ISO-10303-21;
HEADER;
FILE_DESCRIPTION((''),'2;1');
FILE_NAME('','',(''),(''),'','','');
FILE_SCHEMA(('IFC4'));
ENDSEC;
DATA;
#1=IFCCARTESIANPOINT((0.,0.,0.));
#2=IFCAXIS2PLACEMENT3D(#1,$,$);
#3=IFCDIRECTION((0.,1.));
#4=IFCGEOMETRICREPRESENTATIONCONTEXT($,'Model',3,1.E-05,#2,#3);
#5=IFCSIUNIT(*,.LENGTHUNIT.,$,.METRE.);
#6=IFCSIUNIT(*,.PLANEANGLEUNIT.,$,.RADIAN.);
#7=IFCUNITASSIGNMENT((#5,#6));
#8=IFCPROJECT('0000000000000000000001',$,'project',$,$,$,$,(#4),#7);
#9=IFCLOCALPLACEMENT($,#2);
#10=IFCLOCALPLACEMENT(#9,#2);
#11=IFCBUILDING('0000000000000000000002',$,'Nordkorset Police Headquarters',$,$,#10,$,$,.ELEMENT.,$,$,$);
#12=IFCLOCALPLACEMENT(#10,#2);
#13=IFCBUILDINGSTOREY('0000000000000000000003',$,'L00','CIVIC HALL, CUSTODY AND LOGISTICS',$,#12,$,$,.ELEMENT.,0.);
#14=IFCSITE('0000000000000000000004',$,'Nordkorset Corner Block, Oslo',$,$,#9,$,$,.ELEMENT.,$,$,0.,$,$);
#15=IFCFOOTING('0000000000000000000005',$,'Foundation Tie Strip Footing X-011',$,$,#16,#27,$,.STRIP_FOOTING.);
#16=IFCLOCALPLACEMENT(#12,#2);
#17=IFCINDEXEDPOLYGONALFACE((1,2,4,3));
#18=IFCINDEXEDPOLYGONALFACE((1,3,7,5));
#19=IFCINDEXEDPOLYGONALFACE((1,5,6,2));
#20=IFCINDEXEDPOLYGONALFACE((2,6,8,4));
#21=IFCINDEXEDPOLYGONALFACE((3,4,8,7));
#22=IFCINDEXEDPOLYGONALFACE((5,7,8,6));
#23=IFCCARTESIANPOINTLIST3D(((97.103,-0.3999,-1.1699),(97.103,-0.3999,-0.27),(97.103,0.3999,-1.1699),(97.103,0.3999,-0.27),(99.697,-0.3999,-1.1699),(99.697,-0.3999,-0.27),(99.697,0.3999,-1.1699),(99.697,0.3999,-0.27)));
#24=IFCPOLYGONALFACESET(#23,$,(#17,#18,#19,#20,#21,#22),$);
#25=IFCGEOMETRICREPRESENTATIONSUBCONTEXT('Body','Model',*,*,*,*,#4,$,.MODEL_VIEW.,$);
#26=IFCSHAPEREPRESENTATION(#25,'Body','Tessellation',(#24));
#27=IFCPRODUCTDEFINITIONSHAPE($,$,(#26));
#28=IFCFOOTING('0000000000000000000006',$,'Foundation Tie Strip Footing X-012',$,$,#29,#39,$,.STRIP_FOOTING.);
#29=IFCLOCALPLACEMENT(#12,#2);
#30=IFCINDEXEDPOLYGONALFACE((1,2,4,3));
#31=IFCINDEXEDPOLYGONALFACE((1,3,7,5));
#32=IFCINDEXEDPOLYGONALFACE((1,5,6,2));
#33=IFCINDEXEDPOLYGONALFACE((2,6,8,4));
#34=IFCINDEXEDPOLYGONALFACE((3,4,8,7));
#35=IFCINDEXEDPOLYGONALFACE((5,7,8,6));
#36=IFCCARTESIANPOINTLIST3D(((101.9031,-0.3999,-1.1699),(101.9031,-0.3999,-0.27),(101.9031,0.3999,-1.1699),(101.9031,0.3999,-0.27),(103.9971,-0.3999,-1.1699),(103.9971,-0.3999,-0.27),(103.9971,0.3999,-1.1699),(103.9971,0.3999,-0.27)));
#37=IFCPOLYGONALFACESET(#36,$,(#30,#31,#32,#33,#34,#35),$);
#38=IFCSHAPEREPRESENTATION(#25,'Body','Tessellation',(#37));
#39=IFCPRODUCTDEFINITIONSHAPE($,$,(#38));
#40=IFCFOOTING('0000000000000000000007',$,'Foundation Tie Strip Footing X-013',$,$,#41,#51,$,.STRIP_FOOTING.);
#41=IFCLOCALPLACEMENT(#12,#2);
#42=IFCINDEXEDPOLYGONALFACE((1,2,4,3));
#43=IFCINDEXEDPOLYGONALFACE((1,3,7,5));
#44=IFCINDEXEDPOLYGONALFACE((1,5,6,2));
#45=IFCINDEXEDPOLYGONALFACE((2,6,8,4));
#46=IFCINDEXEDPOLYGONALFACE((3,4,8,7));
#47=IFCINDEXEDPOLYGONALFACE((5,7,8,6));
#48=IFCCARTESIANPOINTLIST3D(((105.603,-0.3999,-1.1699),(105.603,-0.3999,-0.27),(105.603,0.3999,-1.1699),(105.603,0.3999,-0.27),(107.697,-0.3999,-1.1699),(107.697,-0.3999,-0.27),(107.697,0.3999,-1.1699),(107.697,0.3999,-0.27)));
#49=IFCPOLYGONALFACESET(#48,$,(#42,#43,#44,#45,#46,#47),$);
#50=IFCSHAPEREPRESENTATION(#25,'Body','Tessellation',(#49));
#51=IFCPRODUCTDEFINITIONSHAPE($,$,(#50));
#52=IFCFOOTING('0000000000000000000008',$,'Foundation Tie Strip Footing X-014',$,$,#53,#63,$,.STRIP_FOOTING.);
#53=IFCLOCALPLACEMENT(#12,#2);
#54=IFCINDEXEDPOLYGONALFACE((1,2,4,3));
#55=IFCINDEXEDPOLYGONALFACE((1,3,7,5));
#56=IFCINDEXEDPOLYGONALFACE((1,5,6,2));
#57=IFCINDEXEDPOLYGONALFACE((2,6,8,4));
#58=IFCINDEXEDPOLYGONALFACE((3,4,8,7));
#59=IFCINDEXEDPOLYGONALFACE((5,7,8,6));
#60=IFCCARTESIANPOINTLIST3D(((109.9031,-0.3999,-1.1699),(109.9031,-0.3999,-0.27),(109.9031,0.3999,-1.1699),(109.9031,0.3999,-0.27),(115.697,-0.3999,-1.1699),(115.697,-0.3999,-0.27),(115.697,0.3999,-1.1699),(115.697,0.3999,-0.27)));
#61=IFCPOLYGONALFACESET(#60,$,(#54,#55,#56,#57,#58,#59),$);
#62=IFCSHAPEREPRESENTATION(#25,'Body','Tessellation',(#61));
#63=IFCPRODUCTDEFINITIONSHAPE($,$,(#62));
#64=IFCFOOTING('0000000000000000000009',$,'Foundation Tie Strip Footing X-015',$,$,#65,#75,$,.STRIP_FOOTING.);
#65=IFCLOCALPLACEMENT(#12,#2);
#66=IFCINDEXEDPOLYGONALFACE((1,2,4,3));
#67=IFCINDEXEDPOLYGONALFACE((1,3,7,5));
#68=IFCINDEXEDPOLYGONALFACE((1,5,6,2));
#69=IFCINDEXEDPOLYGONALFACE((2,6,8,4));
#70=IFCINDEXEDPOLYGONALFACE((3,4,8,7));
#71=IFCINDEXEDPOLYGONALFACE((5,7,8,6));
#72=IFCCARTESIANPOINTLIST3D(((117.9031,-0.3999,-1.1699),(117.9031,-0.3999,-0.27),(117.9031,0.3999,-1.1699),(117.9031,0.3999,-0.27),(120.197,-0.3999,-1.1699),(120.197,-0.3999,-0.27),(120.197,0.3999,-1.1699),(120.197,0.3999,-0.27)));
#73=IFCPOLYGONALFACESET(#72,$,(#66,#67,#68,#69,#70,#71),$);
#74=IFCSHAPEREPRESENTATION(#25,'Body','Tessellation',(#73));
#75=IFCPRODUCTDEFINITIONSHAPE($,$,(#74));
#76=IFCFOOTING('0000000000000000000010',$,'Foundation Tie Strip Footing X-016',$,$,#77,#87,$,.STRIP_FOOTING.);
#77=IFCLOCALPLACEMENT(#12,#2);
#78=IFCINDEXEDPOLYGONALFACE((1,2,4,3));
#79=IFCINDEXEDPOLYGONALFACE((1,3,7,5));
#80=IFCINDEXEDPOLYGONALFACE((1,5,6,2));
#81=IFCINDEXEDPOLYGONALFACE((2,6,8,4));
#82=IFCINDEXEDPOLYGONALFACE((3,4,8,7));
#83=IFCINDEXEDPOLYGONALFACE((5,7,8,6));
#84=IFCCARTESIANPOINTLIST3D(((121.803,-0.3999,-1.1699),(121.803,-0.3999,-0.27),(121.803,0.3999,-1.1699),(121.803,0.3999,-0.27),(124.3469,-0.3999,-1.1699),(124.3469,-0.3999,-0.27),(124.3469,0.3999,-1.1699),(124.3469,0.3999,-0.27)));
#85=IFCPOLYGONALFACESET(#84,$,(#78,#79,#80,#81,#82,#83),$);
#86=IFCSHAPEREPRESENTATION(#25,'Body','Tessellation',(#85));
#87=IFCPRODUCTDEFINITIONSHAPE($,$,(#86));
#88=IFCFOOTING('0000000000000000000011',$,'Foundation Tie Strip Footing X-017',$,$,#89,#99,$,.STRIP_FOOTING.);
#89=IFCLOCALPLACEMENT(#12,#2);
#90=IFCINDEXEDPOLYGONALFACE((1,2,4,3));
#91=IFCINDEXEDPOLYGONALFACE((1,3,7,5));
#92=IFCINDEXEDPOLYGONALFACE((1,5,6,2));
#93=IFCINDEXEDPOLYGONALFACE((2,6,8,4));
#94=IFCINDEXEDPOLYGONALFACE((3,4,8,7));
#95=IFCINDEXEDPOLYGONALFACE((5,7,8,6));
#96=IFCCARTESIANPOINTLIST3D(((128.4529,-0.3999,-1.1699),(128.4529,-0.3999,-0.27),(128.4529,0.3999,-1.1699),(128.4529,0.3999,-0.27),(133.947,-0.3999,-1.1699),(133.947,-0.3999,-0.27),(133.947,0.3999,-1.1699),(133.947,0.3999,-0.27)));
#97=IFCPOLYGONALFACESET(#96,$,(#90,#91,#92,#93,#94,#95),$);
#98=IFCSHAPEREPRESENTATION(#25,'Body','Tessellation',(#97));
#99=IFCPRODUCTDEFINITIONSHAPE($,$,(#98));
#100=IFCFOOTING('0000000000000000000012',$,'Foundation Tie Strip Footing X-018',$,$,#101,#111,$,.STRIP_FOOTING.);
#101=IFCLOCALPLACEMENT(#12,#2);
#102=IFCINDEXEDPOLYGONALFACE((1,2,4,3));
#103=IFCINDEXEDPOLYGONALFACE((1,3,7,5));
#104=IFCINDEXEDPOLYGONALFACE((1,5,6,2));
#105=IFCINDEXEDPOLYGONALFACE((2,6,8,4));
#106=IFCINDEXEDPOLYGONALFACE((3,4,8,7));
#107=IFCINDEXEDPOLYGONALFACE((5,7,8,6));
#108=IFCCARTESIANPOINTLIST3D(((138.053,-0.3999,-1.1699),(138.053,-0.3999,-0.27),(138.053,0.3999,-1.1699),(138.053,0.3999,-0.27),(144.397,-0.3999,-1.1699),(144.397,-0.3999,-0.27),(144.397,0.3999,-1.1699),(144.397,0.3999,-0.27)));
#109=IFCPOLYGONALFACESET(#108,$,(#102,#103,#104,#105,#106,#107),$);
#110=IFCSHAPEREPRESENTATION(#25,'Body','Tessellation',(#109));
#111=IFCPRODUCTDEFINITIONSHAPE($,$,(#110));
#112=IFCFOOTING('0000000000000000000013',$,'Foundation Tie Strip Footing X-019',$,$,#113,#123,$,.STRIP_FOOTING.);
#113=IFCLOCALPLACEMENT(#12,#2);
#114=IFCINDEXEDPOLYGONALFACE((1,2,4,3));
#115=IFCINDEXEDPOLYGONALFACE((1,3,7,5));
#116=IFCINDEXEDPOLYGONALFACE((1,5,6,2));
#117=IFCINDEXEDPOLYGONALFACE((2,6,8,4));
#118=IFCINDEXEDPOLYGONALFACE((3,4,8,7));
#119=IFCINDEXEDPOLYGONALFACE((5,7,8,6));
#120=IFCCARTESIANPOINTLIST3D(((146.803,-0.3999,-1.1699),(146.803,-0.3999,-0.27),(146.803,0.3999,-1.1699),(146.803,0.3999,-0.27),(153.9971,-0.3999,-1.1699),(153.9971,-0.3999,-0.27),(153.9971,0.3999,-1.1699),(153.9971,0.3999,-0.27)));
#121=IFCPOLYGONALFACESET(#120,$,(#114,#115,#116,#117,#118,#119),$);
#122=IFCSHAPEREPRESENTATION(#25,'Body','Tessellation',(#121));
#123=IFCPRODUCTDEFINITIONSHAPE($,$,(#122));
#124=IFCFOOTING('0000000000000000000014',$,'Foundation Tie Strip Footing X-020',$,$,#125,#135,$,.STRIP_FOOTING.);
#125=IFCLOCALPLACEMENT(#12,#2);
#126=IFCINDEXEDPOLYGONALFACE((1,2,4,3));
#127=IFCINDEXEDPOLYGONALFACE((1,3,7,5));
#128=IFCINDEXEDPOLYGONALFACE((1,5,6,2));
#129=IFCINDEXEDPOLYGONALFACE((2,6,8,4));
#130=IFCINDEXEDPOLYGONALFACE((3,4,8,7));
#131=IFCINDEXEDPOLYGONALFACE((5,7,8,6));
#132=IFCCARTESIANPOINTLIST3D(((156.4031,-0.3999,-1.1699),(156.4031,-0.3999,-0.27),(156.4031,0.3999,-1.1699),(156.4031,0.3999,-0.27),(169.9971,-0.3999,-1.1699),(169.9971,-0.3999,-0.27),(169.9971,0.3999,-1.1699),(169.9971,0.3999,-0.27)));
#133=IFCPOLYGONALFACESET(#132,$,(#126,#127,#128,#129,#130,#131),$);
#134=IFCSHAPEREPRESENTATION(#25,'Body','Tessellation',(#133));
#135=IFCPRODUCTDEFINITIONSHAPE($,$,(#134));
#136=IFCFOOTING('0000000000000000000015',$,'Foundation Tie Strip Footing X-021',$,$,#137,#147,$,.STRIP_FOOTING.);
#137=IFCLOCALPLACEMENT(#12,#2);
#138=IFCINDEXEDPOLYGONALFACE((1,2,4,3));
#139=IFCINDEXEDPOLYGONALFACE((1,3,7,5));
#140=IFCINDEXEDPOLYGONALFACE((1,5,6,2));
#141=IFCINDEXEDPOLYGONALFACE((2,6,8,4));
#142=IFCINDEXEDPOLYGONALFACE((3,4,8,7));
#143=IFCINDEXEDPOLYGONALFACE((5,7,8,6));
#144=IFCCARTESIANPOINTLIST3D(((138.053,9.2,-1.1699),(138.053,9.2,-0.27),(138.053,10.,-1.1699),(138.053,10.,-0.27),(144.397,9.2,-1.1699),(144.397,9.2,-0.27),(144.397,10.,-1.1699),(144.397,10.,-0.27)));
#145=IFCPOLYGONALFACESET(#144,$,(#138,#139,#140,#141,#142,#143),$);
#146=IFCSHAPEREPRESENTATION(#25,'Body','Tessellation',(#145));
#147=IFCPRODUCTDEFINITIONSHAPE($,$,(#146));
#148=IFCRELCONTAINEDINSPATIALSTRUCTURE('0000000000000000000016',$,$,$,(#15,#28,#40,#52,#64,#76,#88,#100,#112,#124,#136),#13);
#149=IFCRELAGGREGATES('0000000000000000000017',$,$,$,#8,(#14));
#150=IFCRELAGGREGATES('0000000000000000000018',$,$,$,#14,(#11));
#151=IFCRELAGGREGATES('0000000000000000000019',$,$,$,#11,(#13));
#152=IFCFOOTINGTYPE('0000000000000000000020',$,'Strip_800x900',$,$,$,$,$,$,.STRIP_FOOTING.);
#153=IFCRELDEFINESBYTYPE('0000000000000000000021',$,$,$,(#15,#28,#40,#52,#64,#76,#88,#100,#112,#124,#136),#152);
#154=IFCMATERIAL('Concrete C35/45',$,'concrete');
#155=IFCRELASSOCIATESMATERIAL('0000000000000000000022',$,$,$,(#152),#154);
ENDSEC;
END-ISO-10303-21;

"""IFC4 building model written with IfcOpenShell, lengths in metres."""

from ifc_helpers import new_model, si_unit, direction, frame, origin, place, context, subcontext, project, spatial, polyline, outline, extrude, material, type_object, element, save


model = new_model("IFC4")

# Units and contexts
model_context = context("Model", 3, precision=1e-05, world=origin(), true_north=direction((0.0, 1.0)))
body_context = subcontext(model_context, "Body", "Model", "MODEL_VIEW")
ifc_project = project(units=[si_unit("LENGTHUNIT", "METRE"), si_unit("PLANEANGLEUNIT", "RADIAN")], contexts=[model_context])

# Site, building, storey
site_placement = place(None, origin())
site = spatial("IfcSite", under=ifc_project, at=site_placement, Name="Nordkorset Corner Block, Oslo", CompositionType="ELEMENT", RefElevation=0.0)
building_placement = place(site_placement, origin())
building = spatial("IfcBuilding", under=site, at=building_placement, Name="Nordkorset Police Headquarters", CompositionType="ELEMENT")
storey_placement = place(building_placement, origin())
storey = spatial("IfcBuildingStorey", under=building, at=storey_placement, Name="L00", Description="CIVIC HALL, CUSTODY AND LOGISTICS", CompositionType="ELEMENT", Elevation=0.0)

# Footings
ifc_material_1 = material(Name="Concrete C35/45", Category="concrete")
footing_type_1 = type_object("IfcFootingType", Name="Strip_800x900", PredefinedType="STRIP_FOOTING", material=ifc_material_1)
footing_1_placement = place(storey_placement, frame((0.0, 0.0, -1.1699)))
element("IfcFooting", 1, at=footing_1_placement, inside=storey, type_object=footing_type_1, Name="Foundation Tie Strip Footing X-011", PredefinedType="STRIP_FOOTING", context=body_context, shape_type="SweptSolid", body=[
    extrude(outline(polyline([(97.103, -0.3999), (99.697, -0.3999), (99.697, 0.3999), (97.103, 0.3999), (97.103, -0.3999)])), origin(), (0.0, 0.0, 1.0), 0.8999),
])
footing_2_placement = place(storey_placement, frame((0.0, 0.0, -1.1699)))
element("IfcFooting", 2, at=footing_2_placement, inside=storey, type_object=footing_type_1, Name="Foundation Tie Strip Footing X-012", PredefinedType="STRIP_FOOTING", context=body_context, shape_type="SweptSolid", body=[
    extrude(outline(polyline([(101.9031, -0.3999), (103.9971, -0.3999), (103.9971, 0.3999), (101.9031, 0.3999), (101.9031, -0.3999)])), origin(), (0.0, 0.0, 1.0), 0.8999),
])
footing_3_placement = place(storey_placement, frame((0.0, 0.0, -1.1699)))
element("IfcFooting", 3, at=footing_3_placement, inside=storey, type_object=footing_type_1, Name="Foundation Tie Strip Footing X-013", PredefinedType="STRIP_FOOTING", context=body_context, shape_type="SweptSolid", body=[
    extrude(outline(polyline([(105.603, -0.3999), (107.697, -0.3999), (107.697, 0.3999), (105.603, 0.3999), (105.603, -0.3999)])), origin(), (0.0, 0.0, 1.0), 0.8999),
])
footing_4_placement = place(storey_placement, frame((0.0, 0.0, -1.1699)))
element("IfcFooting", 4, at=footing_4_placement, inside=storey, type_object=footing_type_1, Name="Foundation Tie Strip Footing X-014", PredefinedType="STRIP_FOOTING", context=body_context, shape_type="SweptSolid", body=[
    extrude(outline(polyline([(109.9031, -0.3999), (115.697, -0.3999), (115.697, 0.3999), (109.9031, 0.3999), (109.9031, -0.3999)])), origin(), (0.0, 0.0, 1.0), 0.8999),
])
footing_5_placement = place(storey_placement, frame((0.0, 0.0, -1.1699)))
element("IfcFooting", 5, at=footing_5_placement, inside=storey, type_object=footing_type_1, Name="Foundation Tie Strip Footing X-015", PredefinedType="STRIP_FOOTING", context=body_context, shape_type="SweptSolid", body=[
    extrude(outline(polyline([(117.9031, -0.3999), (120.197, -0.3999), (120.197, 0.3999), (117.9031, 0.3999), (117.9031, -0.3999)])), origin(), (0.0, 0.0, 1.0), 0.8999),
])
footing_6_placement = place(storey_placement, frame((0.0, 0.0, -1.1699)))
element("IfcFooting", 6, at=footing_6_placement, inside=storey, type_object=footing_type_1, Name="Foundation Tie Strip Footing X-016", PredefinedType="STRIP_FOOTING", context=body_context, shape_type="SweptSolid", body=[
    extrude(outline(polyline([(121.803, -0.3999), (124.3469, -0.3999), (124.3469, 0.3999), (121.803, 0.3999), (121.803, -0.3999)])), origin(), (0.0, 0.0, 1.0), 0.8999),
])
footing_7_placement = place(storey_placement, frame((0.0, 0.0, -1.1699)))
element("IfcFooting", 7, at=footing_7_placement, inside=storey, type_object=footing_type_1, Name="Foundation Tie Strip Footing X-017", PredefinedType="STRIP_FOOTING", context=body_context, shape_type="SweptSolid", body=[
    extrude(outline(polyline([(128.4529, -0.3999), (133.947, -0.3999), (133.947, 0.3999), (128.4529, 0.3999), (128.4529, -0.3999)])), origin(), (0.0, 0.0, 1.0), 0.8999),
])
footing_8_placement = place(storey_placement, frame((0.0, 0.0, -1.1699)))
element("IfcFooting", 8, at=footing_8_placement, inside=storey, type_object=footing_type_1, Name="Foundation Tie Strip Footing X-018", PredefinedType="STRIP_FOOTING", context=body_context, shape_type="SweptSolid", body=[
    extrude(outline(polyline([(138.053, -0.3999), (144.397, -0.3999), (144.397, 0.3999), (138.053, 0.3999), (138.053, -0.3999)])), origin(), (0.0, 0.0, 1.0), 0.8999),
])
footing_9_placement = place(storey_placement, frame((0.0, 0.0, -1.1699)))
element("IfcFooting", 9, at=footing_9_placement, inside=storey, type_object=footing_type_1, Name="Foundation Tie Strip Footing X-019", PredefinedType="STRIP_FOOTING", context=body_context, shape_type="SweptSolid", body=[
    extrude(outline(polyline([(146.803, -0.3999), (153.9971, -0.3999), (153.9971, 0.3999), (146.803, 0.3999), (146.803, -0.3999)])), origin(), (0.0, 0.0, 1.0), 0.8999),
])
footing_10_placement = place(storey_placement, frame((0.0, 0.0, -1.1699)))
element("IfcFooting", 10, at=footing_10_placement, inside=storey, type_object=footing_type_1, Name="Foundation Tie Strip Footing X-020", PredefinedType="STRIP_FOOTING", context=body_context, shape_type="SweptSolid", body=[
    extrude(outline(polyline([(156.4031, -0.3999), (169.9971, -0.3999), (169.9971, 0.3999), (156.4031, 0.3999), (156.4031, -0.3999)])), origin(), (0.0, 0.0, 1.0), 0.8999),
])
footing_11_placement = place(storey_placement, frame((0.0, 0.0, -1.1699)))
element("IfcFooting", 11, at=footing_11_placement, inside=storey, type_object=footing_type_1, Name="Foundation Tie Strip Footing X-021", PredefinedType="STRIP_FOOTING", context=body_context, shape_type="SweptSolid", body=[
    extrude(outline(polyline([(138.053, 9.2), (144.397, 9.2), (144.397, 10.0), (138.053, 10.0), (138.053, 9.2)])), origin(), (0.0, 0.0, 1.0), 0.8999),
])

save(model, "model.ifc")
